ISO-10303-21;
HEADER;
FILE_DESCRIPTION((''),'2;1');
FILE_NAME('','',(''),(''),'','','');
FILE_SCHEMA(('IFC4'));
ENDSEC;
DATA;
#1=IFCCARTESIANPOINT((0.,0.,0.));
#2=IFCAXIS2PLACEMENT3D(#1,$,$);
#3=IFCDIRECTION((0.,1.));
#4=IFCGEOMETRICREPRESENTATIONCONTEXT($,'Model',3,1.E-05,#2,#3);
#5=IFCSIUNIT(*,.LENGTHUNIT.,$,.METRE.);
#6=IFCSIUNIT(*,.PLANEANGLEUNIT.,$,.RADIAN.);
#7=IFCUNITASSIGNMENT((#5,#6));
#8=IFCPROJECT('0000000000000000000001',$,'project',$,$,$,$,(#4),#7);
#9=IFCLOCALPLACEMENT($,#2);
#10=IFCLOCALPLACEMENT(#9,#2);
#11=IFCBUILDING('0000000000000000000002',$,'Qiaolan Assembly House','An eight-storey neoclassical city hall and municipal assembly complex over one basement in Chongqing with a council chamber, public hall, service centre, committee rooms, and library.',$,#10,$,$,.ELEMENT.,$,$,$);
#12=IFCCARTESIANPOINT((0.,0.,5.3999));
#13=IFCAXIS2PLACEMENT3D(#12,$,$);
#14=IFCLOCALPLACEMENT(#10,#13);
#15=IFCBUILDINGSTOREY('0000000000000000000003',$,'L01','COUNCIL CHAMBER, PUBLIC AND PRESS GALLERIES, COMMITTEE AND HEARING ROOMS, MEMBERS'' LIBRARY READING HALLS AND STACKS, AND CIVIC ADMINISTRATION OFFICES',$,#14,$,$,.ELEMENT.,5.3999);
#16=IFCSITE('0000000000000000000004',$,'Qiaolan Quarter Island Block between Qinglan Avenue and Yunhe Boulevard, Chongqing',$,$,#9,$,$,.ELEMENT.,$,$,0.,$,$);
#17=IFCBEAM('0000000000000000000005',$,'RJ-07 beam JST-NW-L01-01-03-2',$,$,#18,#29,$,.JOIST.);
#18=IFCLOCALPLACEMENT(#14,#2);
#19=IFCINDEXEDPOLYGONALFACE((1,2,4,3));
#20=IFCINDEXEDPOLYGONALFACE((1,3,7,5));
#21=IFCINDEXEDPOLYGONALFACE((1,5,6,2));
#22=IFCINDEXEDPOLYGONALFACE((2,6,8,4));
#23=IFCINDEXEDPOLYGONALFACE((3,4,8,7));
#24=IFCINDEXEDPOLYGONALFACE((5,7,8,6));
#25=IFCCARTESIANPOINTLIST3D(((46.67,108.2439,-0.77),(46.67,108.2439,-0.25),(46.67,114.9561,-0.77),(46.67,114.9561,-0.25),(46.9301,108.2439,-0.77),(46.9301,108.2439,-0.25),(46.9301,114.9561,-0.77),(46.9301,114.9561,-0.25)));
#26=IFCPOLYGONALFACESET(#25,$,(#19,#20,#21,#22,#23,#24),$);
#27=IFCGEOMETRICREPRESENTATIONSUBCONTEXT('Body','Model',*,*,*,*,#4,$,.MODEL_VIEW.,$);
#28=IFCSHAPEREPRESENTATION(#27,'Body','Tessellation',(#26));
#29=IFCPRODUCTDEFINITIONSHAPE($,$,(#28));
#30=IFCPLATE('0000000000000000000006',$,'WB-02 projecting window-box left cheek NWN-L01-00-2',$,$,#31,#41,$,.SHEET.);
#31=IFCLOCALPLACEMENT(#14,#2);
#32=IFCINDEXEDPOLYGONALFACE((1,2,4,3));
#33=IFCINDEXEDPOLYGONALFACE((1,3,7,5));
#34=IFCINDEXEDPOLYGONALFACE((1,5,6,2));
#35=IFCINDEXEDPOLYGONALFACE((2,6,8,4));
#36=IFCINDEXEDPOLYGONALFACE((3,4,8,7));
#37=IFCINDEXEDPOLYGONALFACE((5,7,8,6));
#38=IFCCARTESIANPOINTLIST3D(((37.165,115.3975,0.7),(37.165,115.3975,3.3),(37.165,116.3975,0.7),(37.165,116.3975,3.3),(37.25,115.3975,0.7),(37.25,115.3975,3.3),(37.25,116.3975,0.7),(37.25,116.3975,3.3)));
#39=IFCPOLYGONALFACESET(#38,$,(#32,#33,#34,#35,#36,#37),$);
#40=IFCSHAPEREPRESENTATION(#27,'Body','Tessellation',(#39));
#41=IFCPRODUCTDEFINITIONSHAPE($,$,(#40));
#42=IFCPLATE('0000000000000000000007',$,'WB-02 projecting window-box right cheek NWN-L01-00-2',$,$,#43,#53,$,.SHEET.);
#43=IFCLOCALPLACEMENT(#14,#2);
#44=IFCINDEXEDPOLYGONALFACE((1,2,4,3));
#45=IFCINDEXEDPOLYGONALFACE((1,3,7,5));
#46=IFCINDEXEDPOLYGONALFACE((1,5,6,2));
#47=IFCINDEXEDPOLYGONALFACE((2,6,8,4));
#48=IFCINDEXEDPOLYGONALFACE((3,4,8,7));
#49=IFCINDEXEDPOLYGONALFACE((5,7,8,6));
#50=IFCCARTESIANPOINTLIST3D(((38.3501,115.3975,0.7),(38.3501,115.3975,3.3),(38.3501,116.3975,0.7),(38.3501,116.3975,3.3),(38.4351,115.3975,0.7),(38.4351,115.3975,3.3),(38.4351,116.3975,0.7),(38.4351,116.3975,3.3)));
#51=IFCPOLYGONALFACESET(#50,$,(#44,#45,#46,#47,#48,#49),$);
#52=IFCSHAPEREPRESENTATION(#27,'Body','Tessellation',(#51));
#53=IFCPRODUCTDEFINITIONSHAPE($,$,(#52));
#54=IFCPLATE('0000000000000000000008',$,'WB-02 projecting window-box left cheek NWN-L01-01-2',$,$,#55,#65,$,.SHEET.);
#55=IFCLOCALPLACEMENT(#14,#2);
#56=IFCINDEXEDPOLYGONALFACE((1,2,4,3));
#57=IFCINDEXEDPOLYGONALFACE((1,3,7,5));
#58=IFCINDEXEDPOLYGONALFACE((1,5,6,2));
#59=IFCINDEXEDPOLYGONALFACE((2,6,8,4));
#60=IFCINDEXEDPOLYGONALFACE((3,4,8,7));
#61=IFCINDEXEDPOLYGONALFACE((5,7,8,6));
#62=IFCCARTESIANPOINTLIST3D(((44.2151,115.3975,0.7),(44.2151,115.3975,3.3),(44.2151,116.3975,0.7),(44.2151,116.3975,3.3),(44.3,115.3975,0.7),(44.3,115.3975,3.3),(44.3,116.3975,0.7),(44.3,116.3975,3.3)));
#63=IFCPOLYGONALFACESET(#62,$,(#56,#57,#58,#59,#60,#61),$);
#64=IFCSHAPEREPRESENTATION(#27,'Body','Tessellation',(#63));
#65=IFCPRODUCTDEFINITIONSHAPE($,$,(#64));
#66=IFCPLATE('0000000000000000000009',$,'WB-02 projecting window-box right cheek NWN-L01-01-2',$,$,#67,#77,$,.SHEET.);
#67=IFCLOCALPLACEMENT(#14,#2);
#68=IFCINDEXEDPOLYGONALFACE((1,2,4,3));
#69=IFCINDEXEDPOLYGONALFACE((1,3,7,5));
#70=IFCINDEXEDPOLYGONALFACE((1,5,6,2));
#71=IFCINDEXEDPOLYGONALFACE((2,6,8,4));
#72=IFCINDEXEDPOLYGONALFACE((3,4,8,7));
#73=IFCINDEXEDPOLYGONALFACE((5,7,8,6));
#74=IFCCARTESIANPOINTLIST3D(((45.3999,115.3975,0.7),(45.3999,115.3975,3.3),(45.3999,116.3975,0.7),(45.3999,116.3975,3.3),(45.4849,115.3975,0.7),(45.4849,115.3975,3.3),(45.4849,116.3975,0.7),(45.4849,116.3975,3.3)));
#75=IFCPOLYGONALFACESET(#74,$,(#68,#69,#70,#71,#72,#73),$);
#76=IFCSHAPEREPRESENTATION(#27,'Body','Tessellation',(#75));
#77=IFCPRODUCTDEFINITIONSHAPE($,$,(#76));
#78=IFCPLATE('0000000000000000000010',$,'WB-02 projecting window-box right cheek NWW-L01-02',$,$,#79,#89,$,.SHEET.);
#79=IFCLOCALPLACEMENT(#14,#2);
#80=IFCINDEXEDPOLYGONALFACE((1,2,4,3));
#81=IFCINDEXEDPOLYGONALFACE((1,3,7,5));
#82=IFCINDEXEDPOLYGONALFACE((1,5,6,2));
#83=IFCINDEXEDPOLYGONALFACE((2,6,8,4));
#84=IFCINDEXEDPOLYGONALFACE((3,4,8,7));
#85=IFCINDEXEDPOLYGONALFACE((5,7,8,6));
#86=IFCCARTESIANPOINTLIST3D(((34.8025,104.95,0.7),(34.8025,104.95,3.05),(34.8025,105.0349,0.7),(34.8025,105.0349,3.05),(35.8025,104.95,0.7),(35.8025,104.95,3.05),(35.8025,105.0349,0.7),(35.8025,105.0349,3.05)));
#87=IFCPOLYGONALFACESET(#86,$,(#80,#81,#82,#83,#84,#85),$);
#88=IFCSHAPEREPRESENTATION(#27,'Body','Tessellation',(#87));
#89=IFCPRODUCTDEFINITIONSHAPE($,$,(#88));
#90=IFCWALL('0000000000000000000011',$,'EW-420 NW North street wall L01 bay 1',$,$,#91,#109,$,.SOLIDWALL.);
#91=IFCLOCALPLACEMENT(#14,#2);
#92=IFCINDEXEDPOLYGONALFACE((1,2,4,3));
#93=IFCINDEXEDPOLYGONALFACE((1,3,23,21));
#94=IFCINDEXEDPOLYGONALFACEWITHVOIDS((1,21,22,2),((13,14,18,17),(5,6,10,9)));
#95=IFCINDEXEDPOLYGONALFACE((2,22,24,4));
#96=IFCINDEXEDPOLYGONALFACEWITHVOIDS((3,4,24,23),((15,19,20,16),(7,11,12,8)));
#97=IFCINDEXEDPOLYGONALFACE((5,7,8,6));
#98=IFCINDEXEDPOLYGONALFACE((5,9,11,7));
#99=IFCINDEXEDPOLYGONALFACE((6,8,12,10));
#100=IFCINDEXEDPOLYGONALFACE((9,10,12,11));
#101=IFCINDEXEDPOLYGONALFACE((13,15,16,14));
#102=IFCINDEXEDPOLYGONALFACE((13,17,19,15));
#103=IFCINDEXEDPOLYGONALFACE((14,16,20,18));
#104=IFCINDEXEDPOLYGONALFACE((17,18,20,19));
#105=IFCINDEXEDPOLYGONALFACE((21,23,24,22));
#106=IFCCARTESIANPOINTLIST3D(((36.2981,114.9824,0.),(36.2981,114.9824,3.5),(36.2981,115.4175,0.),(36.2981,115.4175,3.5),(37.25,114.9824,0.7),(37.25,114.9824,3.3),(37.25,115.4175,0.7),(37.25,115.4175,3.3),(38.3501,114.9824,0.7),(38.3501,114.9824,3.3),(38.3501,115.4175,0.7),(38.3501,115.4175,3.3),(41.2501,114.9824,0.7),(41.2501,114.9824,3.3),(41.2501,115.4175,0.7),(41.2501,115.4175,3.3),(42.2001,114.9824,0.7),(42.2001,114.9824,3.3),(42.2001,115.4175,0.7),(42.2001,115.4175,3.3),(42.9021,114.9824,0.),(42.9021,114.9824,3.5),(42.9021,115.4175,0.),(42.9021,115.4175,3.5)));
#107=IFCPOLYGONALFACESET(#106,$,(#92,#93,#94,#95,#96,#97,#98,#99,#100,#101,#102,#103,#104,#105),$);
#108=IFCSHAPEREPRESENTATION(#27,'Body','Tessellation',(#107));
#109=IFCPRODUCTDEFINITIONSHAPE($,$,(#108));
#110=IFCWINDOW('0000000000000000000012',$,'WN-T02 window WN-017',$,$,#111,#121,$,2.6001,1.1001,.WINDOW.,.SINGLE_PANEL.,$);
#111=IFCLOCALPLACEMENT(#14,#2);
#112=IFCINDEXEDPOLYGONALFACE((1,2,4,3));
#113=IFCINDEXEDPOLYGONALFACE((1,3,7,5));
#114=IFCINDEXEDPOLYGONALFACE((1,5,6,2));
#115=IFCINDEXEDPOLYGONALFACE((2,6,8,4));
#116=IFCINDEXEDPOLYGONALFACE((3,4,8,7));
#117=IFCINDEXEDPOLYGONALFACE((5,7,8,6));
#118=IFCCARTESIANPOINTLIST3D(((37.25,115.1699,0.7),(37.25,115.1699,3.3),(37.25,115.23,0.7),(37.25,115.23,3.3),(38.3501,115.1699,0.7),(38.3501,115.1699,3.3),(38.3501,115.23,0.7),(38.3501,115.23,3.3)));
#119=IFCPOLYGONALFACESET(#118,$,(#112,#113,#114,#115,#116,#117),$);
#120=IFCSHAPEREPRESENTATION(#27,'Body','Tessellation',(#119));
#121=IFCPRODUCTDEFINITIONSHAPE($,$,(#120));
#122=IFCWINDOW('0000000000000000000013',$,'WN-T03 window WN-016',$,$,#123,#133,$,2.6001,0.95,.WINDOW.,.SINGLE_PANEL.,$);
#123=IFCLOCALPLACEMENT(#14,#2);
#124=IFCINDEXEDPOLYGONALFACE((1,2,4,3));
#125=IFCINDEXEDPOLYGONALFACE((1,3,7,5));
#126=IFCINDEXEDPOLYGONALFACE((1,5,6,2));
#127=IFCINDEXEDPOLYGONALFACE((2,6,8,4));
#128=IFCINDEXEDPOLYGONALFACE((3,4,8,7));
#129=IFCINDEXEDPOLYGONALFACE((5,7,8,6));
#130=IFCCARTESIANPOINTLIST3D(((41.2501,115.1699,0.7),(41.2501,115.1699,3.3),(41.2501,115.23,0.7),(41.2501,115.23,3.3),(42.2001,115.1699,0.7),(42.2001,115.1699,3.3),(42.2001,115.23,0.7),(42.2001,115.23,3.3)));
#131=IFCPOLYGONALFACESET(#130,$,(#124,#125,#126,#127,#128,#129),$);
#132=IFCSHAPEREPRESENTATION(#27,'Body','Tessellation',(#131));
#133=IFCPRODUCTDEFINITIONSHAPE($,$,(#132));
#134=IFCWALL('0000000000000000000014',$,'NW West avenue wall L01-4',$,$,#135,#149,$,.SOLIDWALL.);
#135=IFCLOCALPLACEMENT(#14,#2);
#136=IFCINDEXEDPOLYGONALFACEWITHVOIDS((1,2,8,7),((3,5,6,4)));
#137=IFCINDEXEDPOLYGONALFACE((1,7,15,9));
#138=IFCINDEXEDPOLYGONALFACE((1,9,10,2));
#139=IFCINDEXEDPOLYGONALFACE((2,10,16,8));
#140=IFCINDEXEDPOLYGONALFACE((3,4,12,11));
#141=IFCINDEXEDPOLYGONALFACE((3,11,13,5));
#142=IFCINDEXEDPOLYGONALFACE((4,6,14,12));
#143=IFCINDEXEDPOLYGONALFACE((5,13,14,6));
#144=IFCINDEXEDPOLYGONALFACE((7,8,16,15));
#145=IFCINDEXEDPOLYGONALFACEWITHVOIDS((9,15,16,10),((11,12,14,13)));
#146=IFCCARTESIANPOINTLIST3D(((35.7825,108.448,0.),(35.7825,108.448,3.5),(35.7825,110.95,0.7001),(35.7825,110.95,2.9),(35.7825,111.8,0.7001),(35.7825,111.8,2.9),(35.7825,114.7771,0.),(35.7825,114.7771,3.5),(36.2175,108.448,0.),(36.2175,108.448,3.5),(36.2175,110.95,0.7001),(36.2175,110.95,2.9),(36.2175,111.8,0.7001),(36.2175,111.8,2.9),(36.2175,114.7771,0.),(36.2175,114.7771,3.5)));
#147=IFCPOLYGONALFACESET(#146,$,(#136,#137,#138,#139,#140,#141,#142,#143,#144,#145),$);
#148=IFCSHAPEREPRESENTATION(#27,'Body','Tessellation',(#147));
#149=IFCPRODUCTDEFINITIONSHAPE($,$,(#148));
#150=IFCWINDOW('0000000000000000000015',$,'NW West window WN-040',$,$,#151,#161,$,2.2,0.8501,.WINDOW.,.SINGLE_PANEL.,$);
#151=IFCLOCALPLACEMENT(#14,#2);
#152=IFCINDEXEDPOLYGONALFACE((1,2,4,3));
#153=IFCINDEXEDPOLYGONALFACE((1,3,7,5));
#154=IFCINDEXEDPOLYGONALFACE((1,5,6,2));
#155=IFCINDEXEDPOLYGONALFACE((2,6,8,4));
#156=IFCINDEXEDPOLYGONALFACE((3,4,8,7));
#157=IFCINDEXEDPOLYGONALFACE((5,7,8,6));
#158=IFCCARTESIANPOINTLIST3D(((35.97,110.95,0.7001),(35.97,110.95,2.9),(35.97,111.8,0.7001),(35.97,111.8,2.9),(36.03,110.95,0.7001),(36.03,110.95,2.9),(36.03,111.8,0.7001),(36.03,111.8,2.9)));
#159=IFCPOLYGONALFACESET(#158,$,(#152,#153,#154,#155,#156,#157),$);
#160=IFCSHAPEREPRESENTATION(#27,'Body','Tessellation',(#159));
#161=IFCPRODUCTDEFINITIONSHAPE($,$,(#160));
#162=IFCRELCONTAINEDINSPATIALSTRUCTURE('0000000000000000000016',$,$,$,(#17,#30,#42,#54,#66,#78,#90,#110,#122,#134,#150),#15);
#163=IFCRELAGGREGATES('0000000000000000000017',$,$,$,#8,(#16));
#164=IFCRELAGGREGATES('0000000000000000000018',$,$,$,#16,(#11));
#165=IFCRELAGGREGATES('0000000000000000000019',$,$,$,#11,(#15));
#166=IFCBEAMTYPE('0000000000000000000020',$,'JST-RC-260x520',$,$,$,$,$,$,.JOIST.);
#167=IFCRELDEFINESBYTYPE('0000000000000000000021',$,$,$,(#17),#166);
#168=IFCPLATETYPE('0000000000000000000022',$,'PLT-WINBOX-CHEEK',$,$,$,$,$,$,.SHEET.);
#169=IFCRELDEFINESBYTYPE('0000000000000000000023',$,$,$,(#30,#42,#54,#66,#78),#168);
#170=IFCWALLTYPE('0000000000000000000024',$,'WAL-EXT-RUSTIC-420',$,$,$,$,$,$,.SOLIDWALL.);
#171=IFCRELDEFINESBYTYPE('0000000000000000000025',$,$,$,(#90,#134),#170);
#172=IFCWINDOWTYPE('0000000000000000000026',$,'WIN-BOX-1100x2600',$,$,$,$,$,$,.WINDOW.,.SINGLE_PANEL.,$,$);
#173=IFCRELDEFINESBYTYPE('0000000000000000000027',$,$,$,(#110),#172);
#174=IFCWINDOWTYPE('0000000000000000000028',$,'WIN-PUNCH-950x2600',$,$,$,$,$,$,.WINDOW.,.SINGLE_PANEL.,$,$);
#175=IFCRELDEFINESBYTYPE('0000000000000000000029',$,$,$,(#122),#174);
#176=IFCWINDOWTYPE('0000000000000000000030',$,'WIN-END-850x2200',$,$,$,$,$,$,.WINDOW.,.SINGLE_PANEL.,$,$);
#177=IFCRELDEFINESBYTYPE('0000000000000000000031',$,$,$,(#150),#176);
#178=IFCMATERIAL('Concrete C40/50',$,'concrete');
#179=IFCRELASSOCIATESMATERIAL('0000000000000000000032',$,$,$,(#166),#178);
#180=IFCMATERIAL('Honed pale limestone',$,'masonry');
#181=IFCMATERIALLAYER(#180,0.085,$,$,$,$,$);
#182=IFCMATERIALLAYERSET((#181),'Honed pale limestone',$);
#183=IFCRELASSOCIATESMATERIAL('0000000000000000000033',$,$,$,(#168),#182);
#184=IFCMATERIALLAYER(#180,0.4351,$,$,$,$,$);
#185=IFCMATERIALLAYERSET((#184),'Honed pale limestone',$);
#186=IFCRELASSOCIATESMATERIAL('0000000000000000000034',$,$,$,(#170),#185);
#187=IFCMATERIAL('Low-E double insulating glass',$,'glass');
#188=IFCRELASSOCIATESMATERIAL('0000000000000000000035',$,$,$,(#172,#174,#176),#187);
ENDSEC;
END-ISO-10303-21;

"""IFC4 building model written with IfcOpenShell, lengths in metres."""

from ifc_helpers import new_model, si_unit, direction, frame, frame_2d, origin, origin_2d, place, context, subcontext, project, spatial, rectangle, extrude, material, layer, layer_set, material_profile, profile_set, type_object, element, fill, save


model = new_model("IFC4")

# Units and contexts
model_context = context("Model", 3, precision=1e-05, world=origin(), true_north=direction((0.0, 1.0)))
body_context = subcontext(model_context, "Body", "Model", "MODEL_VIEW")
ifc_project = project(units=[si_unit("LENGTHUNIT", "METRE"), si_unit("PLANEANGLEUNIT", "RADIAN")], contexts=[model_context])

# Site, building, storey
site_placement = place(None, origin())
site = spatial("IfcSite", under=ifc_project, at=site_placement, Name="Qiaolan Quarter Island Block between Qinglan Avenue and Yunhe Boulevard, Chongqing", CompositionType="ELEMENT", RefElevation=0.0)
building_placement = place(site_placement, origin())
building = spatial("IfcBuilding", under=site, at=building_placement, Name="Qiaolan Assembly House", Description="An eight-storey neoclassical city hall and municipal assembly complex over one basement in Chongqing with a council chamber, public hall, service centre, committee rooms, and library.", CompositionType="ELEMENT")
storey_placement = place(building_placement, frame((0.0, 0.0, 5.3999)))
storey = spatial("IfcBuildingStorey", under=building, at=storey_placement, Name="L01", Description="COUNCIL CHAMBER, PUBLIC AND PRESS GALLERIES, COMMITTEE AND HEARING ROOMS, MEMBERS' LIBRARY READING HALLS AND STACKS, AND CIVIC ADMINISTRATION OFFICES", CompositionType="ELEMENT", Elevation=5.3999)

# Beam
ifc_material_1 = material(Name="Concrete C40/50", Category="concrete")
ifc_material_profile_1 = material_profile(ifc_material_1, rectangle(XDim=0.26, YDim=0.52, at=origin_2d()), Name="RCB 260x520")
ifc_profile_set_1 = profile_set([ifc_material_profile_1], Name="Concrete C40/50")
beam_type_1 = type_object("IfcBeamType", Name="JST-RC-260x520", PredefinedType="JOIST", material=ifc_profile_set_1)
for number, where, z_axis, x_axis, name in (
    (1, (46.8, 108.2439, -0.51), (0.0, 1.0, 0.0), (-1.0, 0.0, 0.0), "RJ-07 beam JST-NW-L01-01-03-2"),
):
    element("IfcBeam", number, at=place(storey_placement, frame(where, z_axis=z_axis, x_axis=x_axis)), inside=storey, type_object=beam_type_1, Name=name, PredefinedType="JOIST", context=body_context, shape_type="SweptSolid", body=[
        extrude(rectangle(XDim=0.26, YDim=0.52, at=origin_2d()), origin(), (0.0, 0.0, 1.0), 6.7122),
    ])

# Plates
ifc_material_2 = material(Name="Honed pale limestone", Category="masonry")
ifc_layer_1 = layer(ifc_material_2, 0.085)
ifc_layer_set_1 = layer_set([ifc_layer_1], Name="Honed pale limestone")
plate_type = type_object("IfcPlateType", Name="PLT-WINBOX-CHEEK", PredefinedType="SHEET", material=ifc_layer_set_1)
for number, where, z_axis, x_axis, name in (
    (2, (37.2075, 115.8975, 0.7), (0.0, 0.0, 1.0), (1.0, 0.0, 0.0), "WB-02 projecting window-box left cheek NWN-L01-00-2"),
    (3, (38.3926, 115.8975, 0.7), (0.0, 0.0, 1.0), (1.0, 0.0, 0.0), "WB-02 projecting window-box right cheek NWN-L01-00-2"),
    (4, (44.2576, 115.8975, 0.7), (0.0, 0.0, 1.0), (1.0, 0.0, 0.0), "WB-02 projecting window-box left cheek NWN-L01-01-2"),
    (5, (45.4424, 115.8975, 0.7), (0.0, 0.0, 1.0), (1.0, 0.0, 0.0), "WB-02 projecting window-box right cheek NWN-L01-01-2"),
):
    element("IfcPlate", number, at=place(storey_placement, frame(where, z_axis=z_axis, x_axis=x_axis)), inside=storey, type_object=plate_type, Name=name, PredefinedType="SHEET", context=body_context, shape_type="SweptSolid", body=[
        extrude(rectangle(XDim=0.085, YDim=1.0, at=origin_2d()), origin(), (0.0, 0.0, 1.0), 2.6001),
    ])
plate_placement = place(storey_placement, frame((35.3025, 104.9924, 0.7), z_axis=(0.0, 0.0, 1.0), x_axis=(1.0, 0.0, 0.0)))
element("IfcPlate", 6, at=plate_placement, inside=storey, type_object=plate_type, Name="WB-02 projecting window-box right cheek NWW-L01-02", PredefinedType="SHEET", context=body_context, shape_type="SweptSolid", body=[
    extrude(rectangle(XDim=1.0, YDim=0.085, at=origin_2d()), origin(), (0.0, 0.0, 1.0), 2.3501),
])

# Wall, openings, windows
ifc_layer_2 = layer(ifc_material_2, 0.4351)
ifc_layer_set_2 = layer_set([ifc_layer_2], Name="Honed pale limestone")
wall_type_1 = type_object("IfcWallType", Name="WAL-EXT-RUSTIC-420", PredefinedType="SOLIDWALL", material=ifc_layer_set_2)
wall_1_placement = place(storey_placement, frame((42.9021, 115.2, 0.0), z_axis=(0.0, 0.0, 1.0), x_axis=(-1.0, 0.0, 0.0)))
wall_1 = element("IfcWall", 7, at=wall_1_placement, inside=storey, type_object=wall_type_1, Name="EW-420 NW North street wall L01 bay 1", PredefinedType="SOLIDWALL", context=body_context, shape_type="SweptSolid", body=[
    extrude(rectangle(XDim=6.604, YDim=0.4351, at=frame_2d((3.302, 0.0))), origin(), (0.0, 0.0, 1.0), 3.5),
])
opening_1_placement = place(wall_1_placement, frame((0.7019, 0.0, 0.7)))
opening_1 = element("IfcOpeningElement", 8, at=opening_1_placement, cuts=wall_1, PredefinedType="OPENING", context=body_context, shape_type="SweptSolid", body=[
    extrude(rectangle(XDim=0.95, YDim=2.6001, at=frame_2d((0.4751, 1.3))), frame((0.0, 0.2275, 0.0), z_axis=(0.0, -1.0, 0.0), x_axis=(1.0, 0.0, 0.0)), (0.0, 0.0, 1.0), 0.4551),
])
opening_2_placement = place(wall_1_placement, frame((4.552, 0.0, 0.7)))
opening_2 = element("IfcOpeningElement", 9, at=opening_2_placement, cuts=wall_1, PredefinedType="OPENING", context=body_context, shape_type="SweptSolid", body=[
    extrude(rectangle(XDim=1.1001, YDim=2.6001, at=frame_2d((0.55, 1.3))), frame((0.0, 0.2275, 0.0), z_axis=(0.0, -1.0, 0.0), x_axis=(1.0, 0.0, 0.0)), (0.0, 0.0, 1.0), 0.4551),
])
ifc_material_3 = material(Name="Low-E double insulating glass", Category="glass")
window_type_1 = type_object("IfcWindowType", Name="WIN-BOX-1100x2600", PartitioningType="SINGLE_PANEL", PredefinedType="WINDOW", material=ifc_material_3)
window_1_placement = place(opening_2_placement, origin())
window_1 = element("IfcWindow", 10, at=window_1_placement, inside=storey, type_object=window_type_1, Name="WN-T02 window WN-017", OverallHeight=2.6001, OverallWidth=1.1001, PartitioningType="SINGLE_PANEL", PredefinedType="WINDOW", context=body_context, shape_type="SweptSolid", body=[
    extrude(rectangle(XDim=1.1001, YDim=2.6001, at=frame_2d((0.55, 1.3))), frame((0.0, 0.03, 0.0), z_axis=(0.0, -1.0, 0.0), x_axis=(1.0, 0.0, 0.0)), (0.0, 0.0, 1.0), 0.0601),
])
fill(opening_2, window_1)
window_type_2 = type_object("IfcWindowType", Name="WIN-PUNCH-950x2600", PartitioningType="SINGLE_PANEL", PredefinedType="WINDOW", material=ifc_material_3)
window_2_placement = place(opening_1_placement, origin())
window_2 = element("IfcWindow", 11, at=window_2_placement, inside=storey, type_object=window_type_2, Name="WN-T03 window WN-016", OverallHeight=2.6001, OverallWidth=0.95, PartitioningType="SINGLE_PANEL", PredefinedType="WINDOW", context=body_context, shape_type="SweptSolid", body=[
    extrude(rectangle(XDim=0.95, YDim=2.6001, at=frame_2d((0.4751, 1.3))), frame((0.0, 0.03, 0.0), z_axis=(0.0, -1.0, 0.0), x_axis=(1.0, 0.0, 0.0)), (0.0, 0.0, 1.0), 0.0601),
])
fill(opening_1, window_2)

# Wall, opening, window
wall_2_placement = place(storey_placement, frame((36.0, 108.448, 0.0), z_axis=(0.0, 0.0, 1.0), x_axis=(0.0, 1.0, 0.0)))
wall_2 = element("IfcWall", 12, at=wall_2_placement, inside=storey, type_object=wall_type_1, Name="NW West avenue wall L01-4", PredefinedType="SOLIDWALL", context=body_context, shape_type="SweptSolid", body=[
    extrude(rectangle(XDim=6.3291, YDim=0.4351, at=frame_2d((3.1646, 0.0))), origin(), (0.0, 0.0, 1.0), 3.5),
])
opening_3_placement = place(wall_2_placement, frame((2.502, 0.0, 0.7)))
opening_3 = element("IfcOpeningElement", 13, at=opening_3_placement, cuts=wall_2, PredefinedType="OPENING", context=body_context, shape_type="SweptSolid", body=[
    extrude(rectangle(XDim=0.8501, YDim=2.2, at=frame_2d((0.425, 1.1001))), frame((0.0, 0.2275, 0.0), z_axis=(0.0, -1.0, 0.0), x_axis=(1.0, 0.0, 0.0)), (0.0, 0.0, 1.0), 0.4551),
])
window_type_3 = type_object("IfcWindowType", Name="WIN-END-850x2200", PartitioningType="SINGLE_PANEL", PredefinedType="WINDOW", material=ifc_material_3)
window_3_placement = place(opening_3_placement, origin())
window_3 = element("IfcWindow", 14, at=window_3_placement, inside=storey, type_object=window_type_3, Name="NW West window WN-040", OverallHeight=2.2, OverallWidth=0.8501, PartitioningType="SINGLE_PANEL", PredefinedType="WINDOW", context=body_context, shape_type="SweptSolid", body=[
    extrude(rectangle(XDim=0.8501, YDim=2.2, at=frame_2d((0.425, 1.1001))), frame((0.0, 0.03, 0.0), z_axis=(0.0, -1.0, 0.0), x_axis=(1.0, 0.0, 0.0)), (0.0, 0.0, 1.0), 0.0601),
])
fill(opening_3, window_3)

save(model, "model.ifc")
